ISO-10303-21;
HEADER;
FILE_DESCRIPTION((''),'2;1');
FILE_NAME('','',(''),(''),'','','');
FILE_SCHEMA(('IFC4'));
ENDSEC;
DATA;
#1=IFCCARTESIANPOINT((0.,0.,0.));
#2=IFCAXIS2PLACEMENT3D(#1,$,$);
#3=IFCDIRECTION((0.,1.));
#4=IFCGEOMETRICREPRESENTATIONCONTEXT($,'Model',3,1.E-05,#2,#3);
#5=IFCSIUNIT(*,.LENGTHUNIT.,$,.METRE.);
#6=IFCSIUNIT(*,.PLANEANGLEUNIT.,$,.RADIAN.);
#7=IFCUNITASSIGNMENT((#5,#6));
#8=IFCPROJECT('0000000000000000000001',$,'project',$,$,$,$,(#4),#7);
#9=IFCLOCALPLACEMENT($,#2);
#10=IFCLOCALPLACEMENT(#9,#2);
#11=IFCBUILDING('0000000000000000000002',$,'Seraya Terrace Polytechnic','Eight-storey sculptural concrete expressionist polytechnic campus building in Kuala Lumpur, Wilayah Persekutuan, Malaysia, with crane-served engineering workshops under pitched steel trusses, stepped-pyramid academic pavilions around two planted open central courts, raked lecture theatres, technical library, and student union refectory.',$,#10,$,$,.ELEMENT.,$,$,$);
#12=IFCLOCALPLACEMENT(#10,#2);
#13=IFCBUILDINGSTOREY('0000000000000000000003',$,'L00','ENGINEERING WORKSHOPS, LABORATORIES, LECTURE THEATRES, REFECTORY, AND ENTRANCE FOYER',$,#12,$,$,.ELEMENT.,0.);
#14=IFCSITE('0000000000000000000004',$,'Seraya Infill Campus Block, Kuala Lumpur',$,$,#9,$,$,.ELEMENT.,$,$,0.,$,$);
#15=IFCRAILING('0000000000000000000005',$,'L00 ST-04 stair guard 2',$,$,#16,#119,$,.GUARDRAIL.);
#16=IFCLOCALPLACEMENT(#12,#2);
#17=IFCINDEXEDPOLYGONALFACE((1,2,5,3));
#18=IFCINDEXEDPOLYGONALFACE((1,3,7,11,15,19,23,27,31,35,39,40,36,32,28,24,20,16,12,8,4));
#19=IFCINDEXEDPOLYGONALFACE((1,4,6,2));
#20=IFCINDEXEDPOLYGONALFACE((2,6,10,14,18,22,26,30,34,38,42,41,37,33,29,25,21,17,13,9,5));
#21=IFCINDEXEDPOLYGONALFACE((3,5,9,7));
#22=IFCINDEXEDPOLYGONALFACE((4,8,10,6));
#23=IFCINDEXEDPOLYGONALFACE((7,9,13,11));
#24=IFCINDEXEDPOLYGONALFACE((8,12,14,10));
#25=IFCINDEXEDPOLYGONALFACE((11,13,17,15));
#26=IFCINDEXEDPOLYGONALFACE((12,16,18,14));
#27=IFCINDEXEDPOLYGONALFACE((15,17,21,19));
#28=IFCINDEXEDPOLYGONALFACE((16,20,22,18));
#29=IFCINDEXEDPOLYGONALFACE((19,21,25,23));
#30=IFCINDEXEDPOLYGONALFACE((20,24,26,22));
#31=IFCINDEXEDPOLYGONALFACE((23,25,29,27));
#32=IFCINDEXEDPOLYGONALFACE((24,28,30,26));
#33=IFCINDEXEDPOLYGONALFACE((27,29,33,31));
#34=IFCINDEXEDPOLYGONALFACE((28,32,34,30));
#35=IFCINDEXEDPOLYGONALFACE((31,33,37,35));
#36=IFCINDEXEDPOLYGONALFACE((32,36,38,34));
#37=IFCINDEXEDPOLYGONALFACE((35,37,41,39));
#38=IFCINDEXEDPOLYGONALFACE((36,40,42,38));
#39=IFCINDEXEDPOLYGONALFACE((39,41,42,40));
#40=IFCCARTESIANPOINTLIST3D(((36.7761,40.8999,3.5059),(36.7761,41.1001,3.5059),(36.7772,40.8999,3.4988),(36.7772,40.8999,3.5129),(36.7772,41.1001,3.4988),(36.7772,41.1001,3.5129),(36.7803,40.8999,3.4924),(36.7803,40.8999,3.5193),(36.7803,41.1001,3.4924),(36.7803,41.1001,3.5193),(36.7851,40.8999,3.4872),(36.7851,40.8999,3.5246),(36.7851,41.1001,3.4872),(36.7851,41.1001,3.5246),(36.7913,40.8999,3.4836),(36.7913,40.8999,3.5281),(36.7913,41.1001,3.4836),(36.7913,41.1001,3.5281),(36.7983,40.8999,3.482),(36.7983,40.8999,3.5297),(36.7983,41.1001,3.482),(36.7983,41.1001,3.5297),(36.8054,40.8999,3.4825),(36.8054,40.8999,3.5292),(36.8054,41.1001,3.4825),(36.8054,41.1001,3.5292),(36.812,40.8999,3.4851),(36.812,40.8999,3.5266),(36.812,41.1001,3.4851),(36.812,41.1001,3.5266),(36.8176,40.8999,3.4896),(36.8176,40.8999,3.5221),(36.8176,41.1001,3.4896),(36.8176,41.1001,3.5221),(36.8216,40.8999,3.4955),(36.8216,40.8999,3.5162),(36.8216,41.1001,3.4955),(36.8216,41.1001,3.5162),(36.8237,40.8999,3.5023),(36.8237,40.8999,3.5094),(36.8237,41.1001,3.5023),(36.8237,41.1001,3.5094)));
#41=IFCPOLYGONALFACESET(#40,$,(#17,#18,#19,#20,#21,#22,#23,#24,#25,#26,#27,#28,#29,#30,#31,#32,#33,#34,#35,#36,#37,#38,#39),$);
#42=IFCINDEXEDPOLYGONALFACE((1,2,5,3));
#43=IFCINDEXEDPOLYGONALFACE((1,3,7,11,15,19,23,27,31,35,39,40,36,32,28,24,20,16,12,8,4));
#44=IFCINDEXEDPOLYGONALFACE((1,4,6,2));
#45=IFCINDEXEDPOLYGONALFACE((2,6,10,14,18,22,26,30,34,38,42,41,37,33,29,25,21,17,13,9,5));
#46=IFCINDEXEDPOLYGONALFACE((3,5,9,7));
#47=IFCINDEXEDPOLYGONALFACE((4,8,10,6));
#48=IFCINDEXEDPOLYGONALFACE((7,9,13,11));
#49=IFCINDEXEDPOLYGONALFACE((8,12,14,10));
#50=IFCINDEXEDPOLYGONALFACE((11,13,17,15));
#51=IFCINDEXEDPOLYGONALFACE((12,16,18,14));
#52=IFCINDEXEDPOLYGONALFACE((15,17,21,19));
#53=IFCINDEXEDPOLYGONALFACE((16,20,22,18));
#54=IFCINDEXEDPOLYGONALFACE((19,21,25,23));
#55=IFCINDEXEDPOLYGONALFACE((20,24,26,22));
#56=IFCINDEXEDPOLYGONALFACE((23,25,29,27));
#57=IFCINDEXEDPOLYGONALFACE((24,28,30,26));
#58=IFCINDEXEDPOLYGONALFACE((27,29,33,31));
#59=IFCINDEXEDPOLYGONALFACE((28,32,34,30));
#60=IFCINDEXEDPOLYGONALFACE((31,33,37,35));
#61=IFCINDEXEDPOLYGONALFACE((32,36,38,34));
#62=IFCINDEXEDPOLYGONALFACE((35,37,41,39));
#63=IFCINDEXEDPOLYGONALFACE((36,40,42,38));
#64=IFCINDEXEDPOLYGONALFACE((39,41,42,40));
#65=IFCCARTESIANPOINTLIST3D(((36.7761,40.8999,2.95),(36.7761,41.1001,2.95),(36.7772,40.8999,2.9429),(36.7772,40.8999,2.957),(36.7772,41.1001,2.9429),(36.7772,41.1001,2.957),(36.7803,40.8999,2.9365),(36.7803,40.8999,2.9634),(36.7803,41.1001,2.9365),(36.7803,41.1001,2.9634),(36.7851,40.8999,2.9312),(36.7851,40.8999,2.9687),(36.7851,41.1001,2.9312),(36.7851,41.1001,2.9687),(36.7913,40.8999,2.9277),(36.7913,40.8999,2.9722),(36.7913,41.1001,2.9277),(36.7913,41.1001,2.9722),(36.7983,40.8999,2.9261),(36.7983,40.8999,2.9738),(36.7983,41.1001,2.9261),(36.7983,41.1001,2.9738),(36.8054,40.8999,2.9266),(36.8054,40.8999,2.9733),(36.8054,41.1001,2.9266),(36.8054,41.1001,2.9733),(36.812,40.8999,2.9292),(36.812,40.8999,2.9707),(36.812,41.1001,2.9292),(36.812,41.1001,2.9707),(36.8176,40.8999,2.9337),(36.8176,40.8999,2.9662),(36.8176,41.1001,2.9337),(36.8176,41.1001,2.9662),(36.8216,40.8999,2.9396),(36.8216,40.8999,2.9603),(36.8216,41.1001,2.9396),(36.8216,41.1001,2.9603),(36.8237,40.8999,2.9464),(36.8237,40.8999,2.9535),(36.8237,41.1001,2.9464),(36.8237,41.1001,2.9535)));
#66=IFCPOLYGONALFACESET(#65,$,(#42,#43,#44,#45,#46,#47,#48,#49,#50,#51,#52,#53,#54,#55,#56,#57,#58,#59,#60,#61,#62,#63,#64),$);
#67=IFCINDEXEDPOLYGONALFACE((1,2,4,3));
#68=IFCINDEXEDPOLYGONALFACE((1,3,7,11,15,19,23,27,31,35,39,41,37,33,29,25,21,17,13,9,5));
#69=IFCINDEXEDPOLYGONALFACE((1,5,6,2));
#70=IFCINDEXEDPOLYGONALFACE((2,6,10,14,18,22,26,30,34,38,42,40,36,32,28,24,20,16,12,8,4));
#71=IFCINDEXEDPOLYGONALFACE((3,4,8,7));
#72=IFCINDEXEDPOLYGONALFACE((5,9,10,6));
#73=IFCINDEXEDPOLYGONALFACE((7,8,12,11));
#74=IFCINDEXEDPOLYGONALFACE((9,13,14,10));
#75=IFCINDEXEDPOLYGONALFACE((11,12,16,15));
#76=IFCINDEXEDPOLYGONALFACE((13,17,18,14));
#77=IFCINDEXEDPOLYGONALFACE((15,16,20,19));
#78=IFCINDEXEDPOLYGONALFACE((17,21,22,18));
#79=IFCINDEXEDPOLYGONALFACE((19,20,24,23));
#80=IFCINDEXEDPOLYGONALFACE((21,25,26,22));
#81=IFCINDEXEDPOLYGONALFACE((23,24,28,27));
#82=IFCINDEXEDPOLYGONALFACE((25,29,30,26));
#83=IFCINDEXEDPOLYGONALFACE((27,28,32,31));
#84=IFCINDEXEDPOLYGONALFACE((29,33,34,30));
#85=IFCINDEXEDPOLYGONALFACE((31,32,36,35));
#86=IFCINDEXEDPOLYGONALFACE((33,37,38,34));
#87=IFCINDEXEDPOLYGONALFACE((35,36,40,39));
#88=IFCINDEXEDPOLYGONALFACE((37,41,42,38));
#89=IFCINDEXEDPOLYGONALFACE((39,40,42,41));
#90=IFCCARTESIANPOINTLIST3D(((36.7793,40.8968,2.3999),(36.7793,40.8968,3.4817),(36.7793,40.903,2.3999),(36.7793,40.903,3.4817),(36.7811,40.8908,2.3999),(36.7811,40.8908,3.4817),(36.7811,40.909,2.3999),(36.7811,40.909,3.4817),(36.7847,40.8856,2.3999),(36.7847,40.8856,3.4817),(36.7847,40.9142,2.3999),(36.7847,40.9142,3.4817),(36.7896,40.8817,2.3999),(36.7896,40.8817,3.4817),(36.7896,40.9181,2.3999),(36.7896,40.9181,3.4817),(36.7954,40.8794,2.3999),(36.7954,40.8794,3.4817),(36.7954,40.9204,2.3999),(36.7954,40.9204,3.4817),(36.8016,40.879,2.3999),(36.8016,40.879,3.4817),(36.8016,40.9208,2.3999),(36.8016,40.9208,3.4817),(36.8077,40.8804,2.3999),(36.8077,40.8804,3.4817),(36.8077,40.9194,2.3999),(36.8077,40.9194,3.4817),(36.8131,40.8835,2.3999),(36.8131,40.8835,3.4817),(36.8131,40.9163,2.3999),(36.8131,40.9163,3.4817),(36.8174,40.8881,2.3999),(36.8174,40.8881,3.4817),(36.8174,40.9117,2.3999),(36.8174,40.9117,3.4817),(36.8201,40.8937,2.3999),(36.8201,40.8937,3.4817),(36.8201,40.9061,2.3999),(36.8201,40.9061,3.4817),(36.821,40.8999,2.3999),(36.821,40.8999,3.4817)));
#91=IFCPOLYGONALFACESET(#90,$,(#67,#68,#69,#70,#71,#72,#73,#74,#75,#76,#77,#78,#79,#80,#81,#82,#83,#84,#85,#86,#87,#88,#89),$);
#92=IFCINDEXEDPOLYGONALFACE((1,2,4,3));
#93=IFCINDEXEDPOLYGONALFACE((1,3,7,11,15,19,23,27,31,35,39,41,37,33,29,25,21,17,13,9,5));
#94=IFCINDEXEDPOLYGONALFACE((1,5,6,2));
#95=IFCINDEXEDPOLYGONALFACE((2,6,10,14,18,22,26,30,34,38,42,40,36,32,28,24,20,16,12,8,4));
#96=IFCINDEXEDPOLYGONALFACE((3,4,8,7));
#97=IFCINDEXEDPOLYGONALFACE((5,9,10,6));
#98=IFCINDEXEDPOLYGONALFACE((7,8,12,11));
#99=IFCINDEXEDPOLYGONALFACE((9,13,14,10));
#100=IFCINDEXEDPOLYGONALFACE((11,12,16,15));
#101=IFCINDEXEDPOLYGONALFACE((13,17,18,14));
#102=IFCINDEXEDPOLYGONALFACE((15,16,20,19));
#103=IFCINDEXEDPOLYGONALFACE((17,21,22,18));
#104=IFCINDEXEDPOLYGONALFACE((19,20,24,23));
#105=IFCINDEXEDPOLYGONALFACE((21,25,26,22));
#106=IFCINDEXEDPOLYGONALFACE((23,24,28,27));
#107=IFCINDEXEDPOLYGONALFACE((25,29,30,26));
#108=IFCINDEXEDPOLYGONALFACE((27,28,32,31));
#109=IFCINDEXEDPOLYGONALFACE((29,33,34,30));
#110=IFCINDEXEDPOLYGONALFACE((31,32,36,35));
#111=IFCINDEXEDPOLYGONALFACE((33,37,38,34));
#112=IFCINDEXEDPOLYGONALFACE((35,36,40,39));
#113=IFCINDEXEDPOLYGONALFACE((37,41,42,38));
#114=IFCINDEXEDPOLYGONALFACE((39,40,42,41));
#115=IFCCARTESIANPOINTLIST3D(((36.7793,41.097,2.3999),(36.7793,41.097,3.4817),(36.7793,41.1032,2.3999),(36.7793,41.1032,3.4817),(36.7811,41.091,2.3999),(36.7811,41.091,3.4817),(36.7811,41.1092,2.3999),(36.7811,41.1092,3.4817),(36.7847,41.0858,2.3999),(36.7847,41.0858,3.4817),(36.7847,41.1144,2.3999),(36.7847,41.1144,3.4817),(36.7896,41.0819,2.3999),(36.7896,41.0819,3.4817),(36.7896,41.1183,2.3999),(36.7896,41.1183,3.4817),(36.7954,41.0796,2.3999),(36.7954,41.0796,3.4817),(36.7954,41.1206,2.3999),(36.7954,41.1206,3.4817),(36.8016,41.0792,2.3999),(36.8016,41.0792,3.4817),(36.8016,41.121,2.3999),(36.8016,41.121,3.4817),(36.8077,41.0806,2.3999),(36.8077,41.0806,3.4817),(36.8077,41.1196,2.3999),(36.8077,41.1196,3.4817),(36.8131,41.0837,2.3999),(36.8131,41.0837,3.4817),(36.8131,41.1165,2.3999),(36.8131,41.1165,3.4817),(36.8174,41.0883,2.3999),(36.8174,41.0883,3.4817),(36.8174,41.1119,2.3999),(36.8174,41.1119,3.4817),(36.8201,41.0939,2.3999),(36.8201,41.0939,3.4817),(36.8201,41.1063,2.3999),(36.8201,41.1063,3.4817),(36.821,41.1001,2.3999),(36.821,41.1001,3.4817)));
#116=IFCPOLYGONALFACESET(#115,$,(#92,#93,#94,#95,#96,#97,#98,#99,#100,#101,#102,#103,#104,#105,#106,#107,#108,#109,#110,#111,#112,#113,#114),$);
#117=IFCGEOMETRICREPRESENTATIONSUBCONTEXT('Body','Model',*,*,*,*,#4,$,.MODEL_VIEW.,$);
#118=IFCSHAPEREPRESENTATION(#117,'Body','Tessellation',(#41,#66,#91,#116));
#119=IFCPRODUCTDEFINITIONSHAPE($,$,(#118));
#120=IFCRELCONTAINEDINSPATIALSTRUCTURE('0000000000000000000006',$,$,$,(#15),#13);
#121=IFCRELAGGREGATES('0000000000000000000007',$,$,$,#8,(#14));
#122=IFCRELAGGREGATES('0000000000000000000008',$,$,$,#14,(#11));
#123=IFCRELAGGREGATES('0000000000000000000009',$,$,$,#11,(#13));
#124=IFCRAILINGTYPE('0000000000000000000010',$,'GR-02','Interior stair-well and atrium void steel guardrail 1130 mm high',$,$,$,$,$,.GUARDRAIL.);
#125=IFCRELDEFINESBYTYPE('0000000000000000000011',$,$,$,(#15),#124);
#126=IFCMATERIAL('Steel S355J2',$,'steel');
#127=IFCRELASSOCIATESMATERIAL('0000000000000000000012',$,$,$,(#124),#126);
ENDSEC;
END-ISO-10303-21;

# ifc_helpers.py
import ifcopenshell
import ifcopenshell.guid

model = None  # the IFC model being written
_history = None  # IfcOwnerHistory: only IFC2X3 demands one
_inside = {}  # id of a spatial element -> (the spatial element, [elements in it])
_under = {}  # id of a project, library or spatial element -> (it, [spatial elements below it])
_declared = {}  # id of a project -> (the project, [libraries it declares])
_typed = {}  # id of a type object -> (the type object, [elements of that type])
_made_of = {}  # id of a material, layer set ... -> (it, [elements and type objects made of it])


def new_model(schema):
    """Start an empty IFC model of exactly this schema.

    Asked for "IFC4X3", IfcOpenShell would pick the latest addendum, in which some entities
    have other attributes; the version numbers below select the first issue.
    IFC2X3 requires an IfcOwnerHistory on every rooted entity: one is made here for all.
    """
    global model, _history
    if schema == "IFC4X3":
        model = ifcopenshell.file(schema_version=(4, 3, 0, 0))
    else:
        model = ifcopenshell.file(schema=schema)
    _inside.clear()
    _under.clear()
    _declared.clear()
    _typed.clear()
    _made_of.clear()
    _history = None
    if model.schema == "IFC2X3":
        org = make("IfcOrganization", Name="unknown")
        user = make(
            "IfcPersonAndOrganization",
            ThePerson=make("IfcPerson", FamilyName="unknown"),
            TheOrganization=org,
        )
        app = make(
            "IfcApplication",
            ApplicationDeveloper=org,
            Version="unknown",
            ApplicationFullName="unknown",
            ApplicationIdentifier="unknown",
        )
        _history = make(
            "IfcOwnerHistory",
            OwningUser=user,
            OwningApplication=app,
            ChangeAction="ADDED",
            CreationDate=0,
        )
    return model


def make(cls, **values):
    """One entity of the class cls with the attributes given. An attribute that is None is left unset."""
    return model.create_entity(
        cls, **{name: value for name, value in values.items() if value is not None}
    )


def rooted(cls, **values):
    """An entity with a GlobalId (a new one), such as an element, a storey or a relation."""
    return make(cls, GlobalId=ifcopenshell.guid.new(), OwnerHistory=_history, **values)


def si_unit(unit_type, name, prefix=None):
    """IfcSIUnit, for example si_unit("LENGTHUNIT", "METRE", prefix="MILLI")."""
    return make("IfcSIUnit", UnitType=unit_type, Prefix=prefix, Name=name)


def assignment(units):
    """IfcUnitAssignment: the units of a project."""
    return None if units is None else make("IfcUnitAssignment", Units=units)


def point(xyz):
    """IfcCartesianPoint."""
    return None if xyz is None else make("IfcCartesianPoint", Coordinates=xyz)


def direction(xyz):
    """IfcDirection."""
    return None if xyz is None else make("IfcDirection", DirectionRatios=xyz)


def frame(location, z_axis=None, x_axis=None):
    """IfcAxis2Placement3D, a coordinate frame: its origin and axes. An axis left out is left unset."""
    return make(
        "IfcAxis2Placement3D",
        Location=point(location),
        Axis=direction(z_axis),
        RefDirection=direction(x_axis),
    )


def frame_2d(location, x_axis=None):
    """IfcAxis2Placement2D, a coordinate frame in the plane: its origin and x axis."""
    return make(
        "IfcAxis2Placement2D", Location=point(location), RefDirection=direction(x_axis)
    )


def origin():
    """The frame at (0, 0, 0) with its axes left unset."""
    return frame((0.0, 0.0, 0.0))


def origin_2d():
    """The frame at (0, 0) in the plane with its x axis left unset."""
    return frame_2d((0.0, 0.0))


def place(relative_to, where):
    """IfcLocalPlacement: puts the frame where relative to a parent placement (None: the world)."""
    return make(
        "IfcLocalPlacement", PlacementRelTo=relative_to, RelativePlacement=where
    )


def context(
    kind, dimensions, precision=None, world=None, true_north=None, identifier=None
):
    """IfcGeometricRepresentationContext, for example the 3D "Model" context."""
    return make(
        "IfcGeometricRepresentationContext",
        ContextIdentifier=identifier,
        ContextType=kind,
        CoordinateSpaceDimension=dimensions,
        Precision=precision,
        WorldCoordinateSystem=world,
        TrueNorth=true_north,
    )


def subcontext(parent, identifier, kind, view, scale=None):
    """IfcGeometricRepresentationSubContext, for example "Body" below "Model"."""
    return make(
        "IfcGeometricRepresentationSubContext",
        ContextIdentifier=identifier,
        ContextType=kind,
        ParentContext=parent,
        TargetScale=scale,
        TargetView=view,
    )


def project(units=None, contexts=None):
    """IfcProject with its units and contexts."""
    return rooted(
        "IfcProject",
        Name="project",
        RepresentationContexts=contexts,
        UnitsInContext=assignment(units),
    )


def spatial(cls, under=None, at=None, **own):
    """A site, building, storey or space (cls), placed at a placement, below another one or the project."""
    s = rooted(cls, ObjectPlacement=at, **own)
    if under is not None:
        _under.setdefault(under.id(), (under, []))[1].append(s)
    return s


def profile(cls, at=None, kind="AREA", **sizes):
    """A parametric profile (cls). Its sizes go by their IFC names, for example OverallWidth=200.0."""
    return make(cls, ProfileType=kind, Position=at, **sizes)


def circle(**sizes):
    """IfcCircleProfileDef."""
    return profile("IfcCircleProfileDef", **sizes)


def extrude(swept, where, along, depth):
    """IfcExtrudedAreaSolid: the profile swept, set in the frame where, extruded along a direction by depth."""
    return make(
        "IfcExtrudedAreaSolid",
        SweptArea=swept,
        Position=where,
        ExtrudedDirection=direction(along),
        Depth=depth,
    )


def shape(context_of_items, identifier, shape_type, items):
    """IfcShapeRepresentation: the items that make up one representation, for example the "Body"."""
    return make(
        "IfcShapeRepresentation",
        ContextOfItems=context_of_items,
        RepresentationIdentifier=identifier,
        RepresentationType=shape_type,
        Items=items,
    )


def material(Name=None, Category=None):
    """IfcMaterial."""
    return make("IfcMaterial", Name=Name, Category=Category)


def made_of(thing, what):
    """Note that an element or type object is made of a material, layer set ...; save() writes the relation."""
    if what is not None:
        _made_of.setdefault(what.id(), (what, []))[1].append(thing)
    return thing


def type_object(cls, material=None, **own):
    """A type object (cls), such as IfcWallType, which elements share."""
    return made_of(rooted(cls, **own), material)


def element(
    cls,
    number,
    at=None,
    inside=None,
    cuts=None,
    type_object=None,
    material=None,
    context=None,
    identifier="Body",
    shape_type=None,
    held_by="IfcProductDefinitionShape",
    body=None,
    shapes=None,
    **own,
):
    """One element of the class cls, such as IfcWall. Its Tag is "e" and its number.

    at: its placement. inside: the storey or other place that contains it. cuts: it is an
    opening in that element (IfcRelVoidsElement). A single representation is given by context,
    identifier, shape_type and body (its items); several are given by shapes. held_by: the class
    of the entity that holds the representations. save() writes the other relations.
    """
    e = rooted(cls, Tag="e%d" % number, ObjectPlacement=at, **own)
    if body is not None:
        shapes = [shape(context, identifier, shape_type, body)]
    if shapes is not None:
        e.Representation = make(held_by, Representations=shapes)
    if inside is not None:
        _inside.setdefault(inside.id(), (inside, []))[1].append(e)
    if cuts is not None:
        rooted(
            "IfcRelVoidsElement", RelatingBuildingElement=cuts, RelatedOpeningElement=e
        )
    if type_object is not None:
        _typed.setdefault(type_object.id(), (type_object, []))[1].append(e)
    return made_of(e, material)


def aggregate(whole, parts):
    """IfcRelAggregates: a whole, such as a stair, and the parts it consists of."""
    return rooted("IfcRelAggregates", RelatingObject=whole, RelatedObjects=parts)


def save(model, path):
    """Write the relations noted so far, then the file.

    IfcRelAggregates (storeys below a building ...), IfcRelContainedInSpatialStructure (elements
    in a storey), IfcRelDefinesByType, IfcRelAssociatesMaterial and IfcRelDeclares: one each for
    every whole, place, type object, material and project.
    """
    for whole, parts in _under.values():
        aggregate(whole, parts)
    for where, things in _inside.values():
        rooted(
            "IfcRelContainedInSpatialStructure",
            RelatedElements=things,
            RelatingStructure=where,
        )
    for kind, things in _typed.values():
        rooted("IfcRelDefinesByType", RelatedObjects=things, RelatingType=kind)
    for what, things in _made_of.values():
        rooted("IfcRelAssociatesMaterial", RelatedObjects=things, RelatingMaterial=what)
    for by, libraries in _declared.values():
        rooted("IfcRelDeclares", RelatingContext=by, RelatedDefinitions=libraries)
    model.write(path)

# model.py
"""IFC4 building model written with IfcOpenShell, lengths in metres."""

from ifc_helpers import new_model, si_unit, direction, frame, origin, origin_2d, place, context, subcontext, project, spatial, circle, extrude, material, type_object, element, save


model = new_model("IFC4")

# Units and contexts
model_context = context("Model", 3, precision=1e-05, world=origin(), true_north=direction((0.0, 1.0)))
body_context = subcontext(model_context, "Body", "Model", "MODEL_VIEW")
ifc_project = project(units=[si_unit("LENGTHUNIT", "METRE"), si_unit("PLANEANGLEUNIT", "RADIAN")], contexts=[model_context])

# Site, building, storey
site_placement = place(None, origin())
site = spatial("IfcSite", under=ifc_project, at=site_placement, Name="Seraya Infill Campus Block, Kuala Lumpur", CompositionType="ELEMENT", RefElevation=0.0)
building_placement = place(site_placement, origin())
building = spatial("IfcBuilding", under=site, at=building_placement, Name="Seraya Terrace Polytechnic", Description="Eight-storey sculptural concrete expressionist polytechnic campus building in Kuala Lumpur, Wilayah Persekutuan, Malaysia, with crane-served engineering workshops under pitched steel trusses, stepped-pyramid academic pavilions around two planted open central courts, raked lecture theatres, technical library, and student union refectory.", CompositionType="ELEMENT")
storey_placement = place(building_placement, origin())
storey = spatial("IfcBuildingStorey", under=building, at=storey_placement, Name="L00", Description="ENGINEERING WORKSHOPS, LABORATORIES, LECTURE THEATRES, REFECTORY, AND ENTRANCE FOYER", CompositionType="ELEMENT", Elevation=0.0)

# Shared definitions
ifc_material_1 = material(Name="Steel S355J2", Category="steel")

# Railing
railing_type = type_object("IfcRailingType", Name="GR-02", Description="Interior stair-well and atrium void steel guardrail 1130 mm high", PredefinedType="GUARDRAIL", material=ifc_material_1)
railing_placement = place(storey_placement, frame((36.8, 40.8999, 2.3999)))
element("IfcRailing", 1, at=railing_placement, inside=storey, type_object=railing_type, Name="L00 ST-04 stair guard 2", PredefinedType="GUARDRAIL", context=body_context, shape_type="SweptSolid", body=[
    extrude(circle(Radius=0.0239, at=origin_2d()), frame((0.0, 0.0, 1.106), z_axis=(0.0, 1.0, 0.0), x_axis=(-1.0, 0.0, 0.0)), (0.0, 0.0, 1.0), 0.2002),
    extrude(circle(Radius=0.0239, at=origin_2d()), frame((0.0, 0.0, 0.55), z_axis=(0.0, 1.0, 0.0), x_axis=(-1.0, 0.0, 0.0)), (0.0, 0.0, 1.0), 0.2002),
    extrude(circle(Radius=0.021, at=origin_2d()), origin(), (0.0, 0.0, 1.0), 1.0818),
    extrude(circle(Radius=0.021, at=origin_2d()), frame((0.0, 0.2002, 0.0)), (0.0, 0.0, 1.0), 1.0818),
])

save(model, "model.ifc")
